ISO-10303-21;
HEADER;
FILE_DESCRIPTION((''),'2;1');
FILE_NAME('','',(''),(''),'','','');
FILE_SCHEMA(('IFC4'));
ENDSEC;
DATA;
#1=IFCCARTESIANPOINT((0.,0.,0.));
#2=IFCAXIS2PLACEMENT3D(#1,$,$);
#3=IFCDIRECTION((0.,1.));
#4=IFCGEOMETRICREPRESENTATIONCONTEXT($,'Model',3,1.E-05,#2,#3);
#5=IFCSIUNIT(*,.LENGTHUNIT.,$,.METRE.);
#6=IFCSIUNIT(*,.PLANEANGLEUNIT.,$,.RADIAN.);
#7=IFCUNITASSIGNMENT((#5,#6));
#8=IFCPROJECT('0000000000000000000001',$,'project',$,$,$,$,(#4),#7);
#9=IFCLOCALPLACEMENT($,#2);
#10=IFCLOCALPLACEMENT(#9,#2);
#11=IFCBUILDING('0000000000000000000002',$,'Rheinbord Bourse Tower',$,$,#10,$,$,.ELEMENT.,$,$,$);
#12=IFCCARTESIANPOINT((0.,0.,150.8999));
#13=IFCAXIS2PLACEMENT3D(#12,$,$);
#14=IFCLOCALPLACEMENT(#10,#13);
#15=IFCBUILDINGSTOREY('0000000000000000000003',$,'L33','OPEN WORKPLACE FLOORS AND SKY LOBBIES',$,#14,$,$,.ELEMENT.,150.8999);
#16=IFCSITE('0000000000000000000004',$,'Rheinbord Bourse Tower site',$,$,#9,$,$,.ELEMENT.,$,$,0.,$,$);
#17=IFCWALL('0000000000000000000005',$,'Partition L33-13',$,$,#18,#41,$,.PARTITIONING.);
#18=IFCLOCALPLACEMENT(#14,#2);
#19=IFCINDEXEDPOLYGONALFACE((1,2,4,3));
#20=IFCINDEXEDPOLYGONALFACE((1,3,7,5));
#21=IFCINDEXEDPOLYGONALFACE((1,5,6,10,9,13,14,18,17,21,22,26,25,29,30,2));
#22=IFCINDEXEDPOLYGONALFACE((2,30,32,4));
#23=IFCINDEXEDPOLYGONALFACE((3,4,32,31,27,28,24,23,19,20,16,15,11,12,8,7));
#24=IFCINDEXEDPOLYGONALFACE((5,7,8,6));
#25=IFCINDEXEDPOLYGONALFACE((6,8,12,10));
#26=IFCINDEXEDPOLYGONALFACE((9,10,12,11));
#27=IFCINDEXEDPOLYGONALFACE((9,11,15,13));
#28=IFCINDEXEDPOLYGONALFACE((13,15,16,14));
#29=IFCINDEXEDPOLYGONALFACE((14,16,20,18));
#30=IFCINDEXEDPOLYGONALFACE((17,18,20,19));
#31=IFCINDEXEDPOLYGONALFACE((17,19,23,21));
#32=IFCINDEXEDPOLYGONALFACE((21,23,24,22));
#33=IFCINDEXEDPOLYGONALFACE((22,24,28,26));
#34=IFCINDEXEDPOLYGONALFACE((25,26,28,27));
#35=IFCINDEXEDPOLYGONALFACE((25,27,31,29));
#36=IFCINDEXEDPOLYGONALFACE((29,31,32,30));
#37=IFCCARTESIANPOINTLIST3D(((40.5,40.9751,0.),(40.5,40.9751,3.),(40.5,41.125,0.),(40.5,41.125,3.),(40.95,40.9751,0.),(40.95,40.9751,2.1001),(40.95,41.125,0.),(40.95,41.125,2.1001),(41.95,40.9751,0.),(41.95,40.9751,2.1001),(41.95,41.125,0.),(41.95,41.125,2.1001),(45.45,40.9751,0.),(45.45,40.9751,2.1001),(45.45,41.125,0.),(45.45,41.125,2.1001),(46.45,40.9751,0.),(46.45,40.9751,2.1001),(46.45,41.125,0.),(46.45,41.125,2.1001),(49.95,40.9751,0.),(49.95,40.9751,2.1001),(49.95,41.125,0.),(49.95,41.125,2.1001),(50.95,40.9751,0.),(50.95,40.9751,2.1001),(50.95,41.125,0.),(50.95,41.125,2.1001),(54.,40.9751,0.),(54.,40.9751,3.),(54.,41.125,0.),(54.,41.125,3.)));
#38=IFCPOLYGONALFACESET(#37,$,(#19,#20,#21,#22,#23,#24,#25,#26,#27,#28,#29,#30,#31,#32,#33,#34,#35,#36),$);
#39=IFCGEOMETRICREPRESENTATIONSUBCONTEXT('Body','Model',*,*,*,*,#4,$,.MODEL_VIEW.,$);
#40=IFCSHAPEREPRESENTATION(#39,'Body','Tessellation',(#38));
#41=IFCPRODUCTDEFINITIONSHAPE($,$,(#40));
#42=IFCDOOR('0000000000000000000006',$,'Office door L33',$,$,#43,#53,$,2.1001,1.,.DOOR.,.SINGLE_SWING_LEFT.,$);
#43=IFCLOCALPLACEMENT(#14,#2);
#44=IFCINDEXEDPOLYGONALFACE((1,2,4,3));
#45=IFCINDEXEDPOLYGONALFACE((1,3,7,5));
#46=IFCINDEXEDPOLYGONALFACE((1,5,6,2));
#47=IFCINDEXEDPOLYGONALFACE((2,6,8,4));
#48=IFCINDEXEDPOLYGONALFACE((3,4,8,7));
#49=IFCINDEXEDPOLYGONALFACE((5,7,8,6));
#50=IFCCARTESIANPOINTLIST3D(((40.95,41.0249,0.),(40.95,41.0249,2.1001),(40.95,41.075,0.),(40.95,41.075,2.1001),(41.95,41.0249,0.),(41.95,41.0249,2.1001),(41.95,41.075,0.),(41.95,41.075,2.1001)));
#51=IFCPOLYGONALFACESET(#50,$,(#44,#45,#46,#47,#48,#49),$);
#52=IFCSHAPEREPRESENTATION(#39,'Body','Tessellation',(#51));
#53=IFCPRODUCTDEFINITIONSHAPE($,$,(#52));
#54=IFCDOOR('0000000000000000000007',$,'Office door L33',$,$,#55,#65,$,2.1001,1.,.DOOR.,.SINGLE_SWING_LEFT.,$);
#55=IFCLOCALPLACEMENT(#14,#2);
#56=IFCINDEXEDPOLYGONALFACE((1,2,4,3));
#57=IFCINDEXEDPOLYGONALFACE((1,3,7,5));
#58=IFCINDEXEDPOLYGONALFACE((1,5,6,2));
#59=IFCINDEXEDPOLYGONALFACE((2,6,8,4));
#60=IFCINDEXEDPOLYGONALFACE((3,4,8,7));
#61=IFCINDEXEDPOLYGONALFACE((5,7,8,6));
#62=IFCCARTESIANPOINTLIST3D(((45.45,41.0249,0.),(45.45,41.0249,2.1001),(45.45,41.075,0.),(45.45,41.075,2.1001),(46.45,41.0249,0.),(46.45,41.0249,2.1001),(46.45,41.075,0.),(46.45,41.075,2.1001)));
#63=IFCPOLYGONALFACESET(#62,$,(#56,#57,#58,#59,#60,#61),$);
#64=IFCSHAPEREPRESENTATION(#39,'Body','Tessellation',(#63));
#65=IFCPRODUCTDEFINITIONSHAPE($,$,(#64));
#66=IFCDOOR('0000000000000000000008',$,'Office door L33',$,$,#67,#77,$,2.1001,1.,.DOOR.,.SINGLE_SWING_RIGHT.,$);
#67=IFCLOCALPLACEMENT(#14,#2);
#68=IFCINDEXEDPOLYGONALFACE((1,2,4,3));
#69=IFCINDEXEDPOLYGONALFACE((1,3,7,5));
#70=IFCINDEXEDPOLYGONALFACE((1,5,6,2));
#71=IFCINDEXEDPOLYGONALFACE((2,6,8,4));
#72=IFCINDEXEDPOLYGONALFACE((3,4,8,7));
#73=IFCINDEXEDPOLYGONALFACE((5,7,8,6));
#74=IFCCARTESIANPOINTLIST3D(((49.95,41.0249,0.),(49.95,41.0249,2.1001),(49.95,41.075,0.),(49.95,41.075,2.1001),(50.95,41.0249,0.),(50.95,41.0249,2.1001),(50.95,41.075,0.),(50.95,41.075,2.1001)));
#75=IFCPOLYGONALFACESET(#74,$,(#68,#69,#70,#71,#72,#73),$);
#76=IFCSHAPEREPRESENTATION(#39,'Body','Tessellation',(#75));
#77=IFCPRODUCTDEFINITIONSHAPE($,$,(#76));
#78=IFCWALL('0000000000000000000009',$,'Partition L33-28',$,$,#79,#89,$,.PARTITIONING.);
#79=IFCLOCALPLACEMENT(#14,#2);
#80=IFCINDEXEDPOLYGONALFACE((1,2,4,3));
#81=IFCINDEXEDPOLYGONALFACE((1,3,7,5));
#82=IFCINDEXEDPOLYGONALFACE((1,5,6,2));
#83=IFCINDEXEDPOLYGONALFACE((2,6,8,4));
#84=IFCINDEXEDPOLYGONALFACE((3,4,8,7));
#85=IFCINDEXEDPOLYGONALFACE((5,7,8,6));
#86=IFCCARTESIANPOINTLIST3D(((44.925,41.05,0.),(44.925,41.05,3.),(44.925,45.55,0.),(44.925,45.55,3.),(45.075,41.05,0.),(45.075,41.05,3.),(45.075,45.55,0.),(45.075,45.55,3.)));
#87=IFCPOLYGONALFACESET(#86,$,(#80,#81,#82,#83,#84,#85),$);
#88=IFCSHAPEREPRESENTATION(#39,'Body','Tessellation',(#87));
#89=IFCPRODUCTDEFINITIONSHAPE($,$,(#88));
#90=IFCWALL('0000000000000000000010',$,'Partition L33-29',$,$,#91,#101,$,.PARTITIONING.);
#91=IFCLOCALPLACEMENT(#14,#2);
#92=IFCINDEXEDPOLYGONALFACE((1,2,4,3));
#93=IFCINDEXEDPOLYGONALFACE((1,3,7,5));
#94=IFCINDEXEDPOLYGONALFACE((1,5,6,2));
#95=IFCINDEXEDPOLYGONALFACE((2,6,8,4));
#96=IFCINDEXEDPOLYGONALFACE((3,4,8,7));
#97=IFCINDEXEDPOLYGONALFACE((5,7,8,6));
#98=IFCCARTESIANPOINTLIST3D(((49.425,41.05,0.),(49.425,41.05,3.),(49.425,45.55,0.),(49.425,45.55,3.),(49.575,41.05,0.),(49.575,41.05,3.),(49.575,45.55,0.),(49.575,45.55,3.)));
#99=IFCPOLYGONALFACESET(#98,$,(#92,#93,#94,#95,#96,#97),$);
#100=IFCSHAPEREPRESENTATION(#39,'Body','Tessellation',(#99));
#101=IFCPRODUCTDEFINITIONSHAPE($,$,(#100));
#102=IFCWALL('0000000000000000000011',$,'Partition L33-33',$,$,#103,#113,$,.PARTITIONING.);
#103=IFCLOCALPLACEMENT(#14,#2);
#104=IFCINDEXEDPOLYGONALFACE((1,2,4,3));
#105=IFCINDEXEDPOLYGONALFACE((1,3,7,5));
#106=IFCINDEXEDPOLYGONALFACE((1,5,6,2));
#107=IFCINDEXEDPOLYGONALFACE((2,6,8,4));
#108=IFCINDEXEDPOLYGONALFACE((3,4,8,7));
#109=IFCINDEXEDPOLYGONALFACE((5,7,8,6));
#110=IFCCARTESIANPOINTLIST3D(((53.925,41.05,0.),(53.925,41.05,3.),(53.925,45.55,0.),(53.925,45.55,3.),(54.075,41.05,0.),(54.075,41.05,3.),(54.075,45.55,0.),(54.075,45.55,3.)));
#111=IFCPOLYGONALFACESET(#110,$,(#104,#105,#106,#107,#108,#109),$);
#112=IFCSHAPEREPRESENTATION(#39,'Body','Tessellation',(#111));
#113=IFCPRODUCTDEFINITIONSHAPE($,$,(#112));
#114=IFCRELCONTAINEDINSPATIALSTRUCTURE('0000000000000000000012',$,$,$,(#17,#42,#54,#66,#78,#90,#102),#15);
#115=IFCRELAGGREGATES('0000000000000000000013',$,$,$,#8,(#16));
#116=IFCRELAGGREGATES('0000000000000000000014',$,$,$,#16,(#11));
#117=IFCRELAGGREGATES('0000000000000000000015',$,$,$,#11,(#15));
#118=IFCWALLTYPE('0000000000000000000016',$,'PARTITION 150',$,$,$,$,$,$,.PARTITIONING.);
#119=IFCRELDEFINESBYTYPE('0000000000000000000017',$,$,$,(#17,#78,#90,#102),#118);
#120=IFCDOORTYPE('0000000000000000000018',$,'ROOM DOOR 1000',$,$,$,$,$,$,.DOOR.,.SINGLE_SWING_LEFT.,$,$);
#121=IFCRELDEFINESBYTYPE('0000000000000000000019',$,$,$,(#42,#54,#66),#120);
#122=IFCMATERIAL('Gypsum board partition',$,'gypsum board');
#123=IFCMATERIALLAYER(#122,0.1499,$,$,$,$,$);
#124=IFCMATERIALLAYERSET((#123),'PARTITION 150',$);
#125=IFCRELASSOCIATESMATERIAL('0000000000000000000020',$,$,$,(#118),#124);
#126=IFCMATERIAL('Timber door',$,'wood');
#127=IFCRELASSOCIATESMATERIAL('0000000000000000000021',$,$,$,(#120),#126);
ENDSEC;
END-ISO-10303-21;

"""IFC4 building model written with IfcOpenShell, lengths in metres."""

from ifc_helpers import new_model, si_unit, direction, frame, frame_2d, origin, place, context, subcontext, project, spatial, rectangle, extrude, material, layer, layer_set, type_object, element, fill, save


model = new_model("IFC4")

# Units and contexts
model_context = context("Model", 3, precision=1e-05, world=origin(), true_north=direction((0.0, 1.0)))
body_context = subcontext(model_context, "Body", "Model", "MODEL_VIEW")
ifc_project = project(units=[si_unit("LENGTHUNIT", "METRE"), si_unit("PLANEANGLEUNIT", "RADIAN")], contexts=[model_context])

# Site, building, storey
site_placement = place(None, origin())
site = spatial("IfcSite", under=ifc_project, at=site_placement, Name="Rheinbord Bourse Tower site", CompositionType="ELEMENT", RefElevation=0.0)
building_placement = place(site_placement, origin())
building = spatial("IfcBuilding", under=site, at=building_placement, Name="Rheinbord Bourse Tower", CompositionType="ELEMENT")
storey_placement = place(building_placement, frame((0.0, 0.0, 150.8999)))
storey = spatial("IfcBuildingStorey", under=building, at=storey_placement, Name="L33", Description="OPEN WORKPLACE FLOORS AND SKY LOBBIES", CompositionType="ELEMENT", Elevation=150.8999)

# Wall, openings, doors
ifc_material_1 = material(Name="Gypsum board partition", Category="gypsum board")
ifc_layer_1 = layer(ifc_material_1, 0.1499)
ifc_layer_set_1 = layer_set([ifc_layer_1], Name="PARTITION 150")
wall_type = type_object("IfcWallType", Name="PARTITION 150", PredefinedType="PARTITIONING", material=ifc_layer_set_1)
wall_placement = place(storey_placement, frame((40.5, 41.05, 0.0), z_axis=(0.0, 0.0, 1.0), x_axis=(1.0, 0.0, 0.0)))
wall = element("IfcWall", 1, at=wall_placement, inside=storey, type_object=wall_type, Name="Partition L33-13", PredefinedType="PARTITIONING", context=body_context, shape_type="SweptSolid", body=[
    extrude(rectangle(XDim=13.5, YDim=0.1499, at=frame_2d((6.75, 0.0))), origin(), (0.0, 0.0, 1.0), 3.0),
])
opening_1_placement = place(wall_placement, frame((0.45, 0.0, 0.0)))
opening_1 = element("IfcOpeningElement", 2, at=opening_1_placement, cuts=wall, PredefinedType="OPENING", context=body_context, shape_type="SweptSolid", body=[
    extrude(rectangle(XDim=1.0, YDim=2.1001, at=frame_2d((0.5, 1.05))), frame((0.0, 0.085, 0.0), z_axis=(0.0, -1.0, 0.0), x_axis=(1.0, 0.0, 0.0)), (0.0, 0.0, 1.0), 0.1699),
])
opening_2_placement = place(wall_placement, frame((4.95, 0.0, 0.0)))
opening_2 = element("IfcOpeningElement", 3, at=opening_2_placement, cuts=wall, PredefinedType="OPENING", context=body_context, shape_type="SweptSolid", body=[
    extrude(rectangle(XDim=1.0, YDim=2.1001, at=frame_2d((0.5, 1.05))), frame((0.0, 0.085, 0.0), z_axis=(0.0, -1.0, 0.0), x_axis=(1.0, 0.0, 0.0)), (0.0, 0.0, 1.0), 0.1699),
])
opening_3_placement = place(wall_placement, frame((9.45, 0.0, 0.0)))
opening_3 = element("IfcOpeningElement", 4, at=opening_3_placement, cuts=wall, PredefinedType="OPENING", context=body_context, shape_type="SweptSolid", body=[
    extrude(rectangle(XDim=1.0, YDim=2.1001, at=frame_2d((0.5, 1.05))), frame((0.0, 0.085, 0.0), z_axis=(0.0, -1.0, 0.0), x_axis=(1.0, 0.0, 0.0)), (0.0, 0.0, 1.0), 0.1699),
])
ifc_material_2 = material(Name="Timber door", Category="wood")
door_type = type_object("IfcDoorType", Name="ROOM DOOR 1000", OperationType="SINGLE_SWING_LEFT", PredefinedType="DOOR", material=ifc_material_2)
door_1_placement = place(opening_1_placement, origin())
door_1 = element("IfcDoor", 5, at=door_1_placement, inside=storey, type_object=door_type, Name="Office door L33", OperationType="SINGLE_SWING_LEFT", OverallHeight=2.1001, OverallWidth=1.0, PredefinedType="DOOR", context=body_context, shape_type="SweptSolid", body=[
    extrude(rectangle(XDim=1.0, YDim=2.1001, at=frame_2d((0.5, 1.05))), frame((0.0, 0.0249, 0.0), z_axis=(0.0, -1.0, 0.0), x_axis=(1.0, 0.0, 0.0)), (0.0, 0.0, 1.0), 0.05),
])
fill(opening_1, door_1)
door_2_placement = place(opening_2_placement, origin())
door_2 = element("IfcDoor", 6, at=door_2_placement, inside=storey, type_object=door_type, Name="Office door L33", OperationType="SINGLE_SWING_LEFT", OverallHeight=2.1001, OverallWidth=1.0, PredefinedType="DOOR", context=body_context, shape_type="SweptSolid", body=[
    extrude(rectangle(XDim=1.0, YDim=2.1001, at=frame_2d((0.5, 1.05))), frame((0.0, 0.0249, 0.0), z_axis=(0.0, -1.0, 0.0), x_axis=(1.0, 0.0, 0.0)), (0.0, 0.0, 1.0), 0.05),
])
fill(opening_2, door_2)
door_3_placement = place(opening_3_placement, origin())
door_3 = element("IfcDoor", 7, at=door_3_placement, inside=storey, type_object=door_type, Name="Office door L33", OperationType="SINGLE_SWING_RIGHT", OverallHeight=2.1001, OverallWidth=1.0, PredefinedType="DOOR", context=body_context, shape_type="SweptSolid", body=[
    extrude(rectangle(XDim=1.0, YDim=2.1001, at=frame_2d((0.5, 1.05))), frame((0.0, 0.0249, 0.0), z_axis=(0.0, -1.0, 0.0), x_axis=(1.0, 0.0, 0.0)), (0.0, 0.0, 1.0), 0.05),
])
fill(opening_3, door_3)

# Walls
for number, where, z_axis, x_axis, name in (
    (8, (45.0, 41.05, 0.0), (0.0, 0.0, 1.0), (0.0, 1.0, 0.0), "Partition L33-28"),
    (9, (49.5, 41.05, 0.0), (0.0, 0.0, 1.0), (0.0, 1.0, 0.0), "Partition L33-29"),
    (10, (54.0, 41.05, 0.0), (0.0, 0.0, 1.0), (0.0, 1.0, 0.0), "Partition L33-33"),
):
    element("IfcWall", number, at=place(storey_placement, frame(where, z_axis=z_axis, x_axis=x_axis)), inside=storey, type_object=wall_type, Name=name, PredefinedType="PARTITIONING", context=body_context, shape_type="SweptSolid", body=[
        extrude(rectangle(XDim=4.5, YDim=0.1499, at=frame_2d((2.25, 0.0))), origin(), (0.0, 0.0, 1.0), 3.0),
    ])

save(model, "model.ifc")
